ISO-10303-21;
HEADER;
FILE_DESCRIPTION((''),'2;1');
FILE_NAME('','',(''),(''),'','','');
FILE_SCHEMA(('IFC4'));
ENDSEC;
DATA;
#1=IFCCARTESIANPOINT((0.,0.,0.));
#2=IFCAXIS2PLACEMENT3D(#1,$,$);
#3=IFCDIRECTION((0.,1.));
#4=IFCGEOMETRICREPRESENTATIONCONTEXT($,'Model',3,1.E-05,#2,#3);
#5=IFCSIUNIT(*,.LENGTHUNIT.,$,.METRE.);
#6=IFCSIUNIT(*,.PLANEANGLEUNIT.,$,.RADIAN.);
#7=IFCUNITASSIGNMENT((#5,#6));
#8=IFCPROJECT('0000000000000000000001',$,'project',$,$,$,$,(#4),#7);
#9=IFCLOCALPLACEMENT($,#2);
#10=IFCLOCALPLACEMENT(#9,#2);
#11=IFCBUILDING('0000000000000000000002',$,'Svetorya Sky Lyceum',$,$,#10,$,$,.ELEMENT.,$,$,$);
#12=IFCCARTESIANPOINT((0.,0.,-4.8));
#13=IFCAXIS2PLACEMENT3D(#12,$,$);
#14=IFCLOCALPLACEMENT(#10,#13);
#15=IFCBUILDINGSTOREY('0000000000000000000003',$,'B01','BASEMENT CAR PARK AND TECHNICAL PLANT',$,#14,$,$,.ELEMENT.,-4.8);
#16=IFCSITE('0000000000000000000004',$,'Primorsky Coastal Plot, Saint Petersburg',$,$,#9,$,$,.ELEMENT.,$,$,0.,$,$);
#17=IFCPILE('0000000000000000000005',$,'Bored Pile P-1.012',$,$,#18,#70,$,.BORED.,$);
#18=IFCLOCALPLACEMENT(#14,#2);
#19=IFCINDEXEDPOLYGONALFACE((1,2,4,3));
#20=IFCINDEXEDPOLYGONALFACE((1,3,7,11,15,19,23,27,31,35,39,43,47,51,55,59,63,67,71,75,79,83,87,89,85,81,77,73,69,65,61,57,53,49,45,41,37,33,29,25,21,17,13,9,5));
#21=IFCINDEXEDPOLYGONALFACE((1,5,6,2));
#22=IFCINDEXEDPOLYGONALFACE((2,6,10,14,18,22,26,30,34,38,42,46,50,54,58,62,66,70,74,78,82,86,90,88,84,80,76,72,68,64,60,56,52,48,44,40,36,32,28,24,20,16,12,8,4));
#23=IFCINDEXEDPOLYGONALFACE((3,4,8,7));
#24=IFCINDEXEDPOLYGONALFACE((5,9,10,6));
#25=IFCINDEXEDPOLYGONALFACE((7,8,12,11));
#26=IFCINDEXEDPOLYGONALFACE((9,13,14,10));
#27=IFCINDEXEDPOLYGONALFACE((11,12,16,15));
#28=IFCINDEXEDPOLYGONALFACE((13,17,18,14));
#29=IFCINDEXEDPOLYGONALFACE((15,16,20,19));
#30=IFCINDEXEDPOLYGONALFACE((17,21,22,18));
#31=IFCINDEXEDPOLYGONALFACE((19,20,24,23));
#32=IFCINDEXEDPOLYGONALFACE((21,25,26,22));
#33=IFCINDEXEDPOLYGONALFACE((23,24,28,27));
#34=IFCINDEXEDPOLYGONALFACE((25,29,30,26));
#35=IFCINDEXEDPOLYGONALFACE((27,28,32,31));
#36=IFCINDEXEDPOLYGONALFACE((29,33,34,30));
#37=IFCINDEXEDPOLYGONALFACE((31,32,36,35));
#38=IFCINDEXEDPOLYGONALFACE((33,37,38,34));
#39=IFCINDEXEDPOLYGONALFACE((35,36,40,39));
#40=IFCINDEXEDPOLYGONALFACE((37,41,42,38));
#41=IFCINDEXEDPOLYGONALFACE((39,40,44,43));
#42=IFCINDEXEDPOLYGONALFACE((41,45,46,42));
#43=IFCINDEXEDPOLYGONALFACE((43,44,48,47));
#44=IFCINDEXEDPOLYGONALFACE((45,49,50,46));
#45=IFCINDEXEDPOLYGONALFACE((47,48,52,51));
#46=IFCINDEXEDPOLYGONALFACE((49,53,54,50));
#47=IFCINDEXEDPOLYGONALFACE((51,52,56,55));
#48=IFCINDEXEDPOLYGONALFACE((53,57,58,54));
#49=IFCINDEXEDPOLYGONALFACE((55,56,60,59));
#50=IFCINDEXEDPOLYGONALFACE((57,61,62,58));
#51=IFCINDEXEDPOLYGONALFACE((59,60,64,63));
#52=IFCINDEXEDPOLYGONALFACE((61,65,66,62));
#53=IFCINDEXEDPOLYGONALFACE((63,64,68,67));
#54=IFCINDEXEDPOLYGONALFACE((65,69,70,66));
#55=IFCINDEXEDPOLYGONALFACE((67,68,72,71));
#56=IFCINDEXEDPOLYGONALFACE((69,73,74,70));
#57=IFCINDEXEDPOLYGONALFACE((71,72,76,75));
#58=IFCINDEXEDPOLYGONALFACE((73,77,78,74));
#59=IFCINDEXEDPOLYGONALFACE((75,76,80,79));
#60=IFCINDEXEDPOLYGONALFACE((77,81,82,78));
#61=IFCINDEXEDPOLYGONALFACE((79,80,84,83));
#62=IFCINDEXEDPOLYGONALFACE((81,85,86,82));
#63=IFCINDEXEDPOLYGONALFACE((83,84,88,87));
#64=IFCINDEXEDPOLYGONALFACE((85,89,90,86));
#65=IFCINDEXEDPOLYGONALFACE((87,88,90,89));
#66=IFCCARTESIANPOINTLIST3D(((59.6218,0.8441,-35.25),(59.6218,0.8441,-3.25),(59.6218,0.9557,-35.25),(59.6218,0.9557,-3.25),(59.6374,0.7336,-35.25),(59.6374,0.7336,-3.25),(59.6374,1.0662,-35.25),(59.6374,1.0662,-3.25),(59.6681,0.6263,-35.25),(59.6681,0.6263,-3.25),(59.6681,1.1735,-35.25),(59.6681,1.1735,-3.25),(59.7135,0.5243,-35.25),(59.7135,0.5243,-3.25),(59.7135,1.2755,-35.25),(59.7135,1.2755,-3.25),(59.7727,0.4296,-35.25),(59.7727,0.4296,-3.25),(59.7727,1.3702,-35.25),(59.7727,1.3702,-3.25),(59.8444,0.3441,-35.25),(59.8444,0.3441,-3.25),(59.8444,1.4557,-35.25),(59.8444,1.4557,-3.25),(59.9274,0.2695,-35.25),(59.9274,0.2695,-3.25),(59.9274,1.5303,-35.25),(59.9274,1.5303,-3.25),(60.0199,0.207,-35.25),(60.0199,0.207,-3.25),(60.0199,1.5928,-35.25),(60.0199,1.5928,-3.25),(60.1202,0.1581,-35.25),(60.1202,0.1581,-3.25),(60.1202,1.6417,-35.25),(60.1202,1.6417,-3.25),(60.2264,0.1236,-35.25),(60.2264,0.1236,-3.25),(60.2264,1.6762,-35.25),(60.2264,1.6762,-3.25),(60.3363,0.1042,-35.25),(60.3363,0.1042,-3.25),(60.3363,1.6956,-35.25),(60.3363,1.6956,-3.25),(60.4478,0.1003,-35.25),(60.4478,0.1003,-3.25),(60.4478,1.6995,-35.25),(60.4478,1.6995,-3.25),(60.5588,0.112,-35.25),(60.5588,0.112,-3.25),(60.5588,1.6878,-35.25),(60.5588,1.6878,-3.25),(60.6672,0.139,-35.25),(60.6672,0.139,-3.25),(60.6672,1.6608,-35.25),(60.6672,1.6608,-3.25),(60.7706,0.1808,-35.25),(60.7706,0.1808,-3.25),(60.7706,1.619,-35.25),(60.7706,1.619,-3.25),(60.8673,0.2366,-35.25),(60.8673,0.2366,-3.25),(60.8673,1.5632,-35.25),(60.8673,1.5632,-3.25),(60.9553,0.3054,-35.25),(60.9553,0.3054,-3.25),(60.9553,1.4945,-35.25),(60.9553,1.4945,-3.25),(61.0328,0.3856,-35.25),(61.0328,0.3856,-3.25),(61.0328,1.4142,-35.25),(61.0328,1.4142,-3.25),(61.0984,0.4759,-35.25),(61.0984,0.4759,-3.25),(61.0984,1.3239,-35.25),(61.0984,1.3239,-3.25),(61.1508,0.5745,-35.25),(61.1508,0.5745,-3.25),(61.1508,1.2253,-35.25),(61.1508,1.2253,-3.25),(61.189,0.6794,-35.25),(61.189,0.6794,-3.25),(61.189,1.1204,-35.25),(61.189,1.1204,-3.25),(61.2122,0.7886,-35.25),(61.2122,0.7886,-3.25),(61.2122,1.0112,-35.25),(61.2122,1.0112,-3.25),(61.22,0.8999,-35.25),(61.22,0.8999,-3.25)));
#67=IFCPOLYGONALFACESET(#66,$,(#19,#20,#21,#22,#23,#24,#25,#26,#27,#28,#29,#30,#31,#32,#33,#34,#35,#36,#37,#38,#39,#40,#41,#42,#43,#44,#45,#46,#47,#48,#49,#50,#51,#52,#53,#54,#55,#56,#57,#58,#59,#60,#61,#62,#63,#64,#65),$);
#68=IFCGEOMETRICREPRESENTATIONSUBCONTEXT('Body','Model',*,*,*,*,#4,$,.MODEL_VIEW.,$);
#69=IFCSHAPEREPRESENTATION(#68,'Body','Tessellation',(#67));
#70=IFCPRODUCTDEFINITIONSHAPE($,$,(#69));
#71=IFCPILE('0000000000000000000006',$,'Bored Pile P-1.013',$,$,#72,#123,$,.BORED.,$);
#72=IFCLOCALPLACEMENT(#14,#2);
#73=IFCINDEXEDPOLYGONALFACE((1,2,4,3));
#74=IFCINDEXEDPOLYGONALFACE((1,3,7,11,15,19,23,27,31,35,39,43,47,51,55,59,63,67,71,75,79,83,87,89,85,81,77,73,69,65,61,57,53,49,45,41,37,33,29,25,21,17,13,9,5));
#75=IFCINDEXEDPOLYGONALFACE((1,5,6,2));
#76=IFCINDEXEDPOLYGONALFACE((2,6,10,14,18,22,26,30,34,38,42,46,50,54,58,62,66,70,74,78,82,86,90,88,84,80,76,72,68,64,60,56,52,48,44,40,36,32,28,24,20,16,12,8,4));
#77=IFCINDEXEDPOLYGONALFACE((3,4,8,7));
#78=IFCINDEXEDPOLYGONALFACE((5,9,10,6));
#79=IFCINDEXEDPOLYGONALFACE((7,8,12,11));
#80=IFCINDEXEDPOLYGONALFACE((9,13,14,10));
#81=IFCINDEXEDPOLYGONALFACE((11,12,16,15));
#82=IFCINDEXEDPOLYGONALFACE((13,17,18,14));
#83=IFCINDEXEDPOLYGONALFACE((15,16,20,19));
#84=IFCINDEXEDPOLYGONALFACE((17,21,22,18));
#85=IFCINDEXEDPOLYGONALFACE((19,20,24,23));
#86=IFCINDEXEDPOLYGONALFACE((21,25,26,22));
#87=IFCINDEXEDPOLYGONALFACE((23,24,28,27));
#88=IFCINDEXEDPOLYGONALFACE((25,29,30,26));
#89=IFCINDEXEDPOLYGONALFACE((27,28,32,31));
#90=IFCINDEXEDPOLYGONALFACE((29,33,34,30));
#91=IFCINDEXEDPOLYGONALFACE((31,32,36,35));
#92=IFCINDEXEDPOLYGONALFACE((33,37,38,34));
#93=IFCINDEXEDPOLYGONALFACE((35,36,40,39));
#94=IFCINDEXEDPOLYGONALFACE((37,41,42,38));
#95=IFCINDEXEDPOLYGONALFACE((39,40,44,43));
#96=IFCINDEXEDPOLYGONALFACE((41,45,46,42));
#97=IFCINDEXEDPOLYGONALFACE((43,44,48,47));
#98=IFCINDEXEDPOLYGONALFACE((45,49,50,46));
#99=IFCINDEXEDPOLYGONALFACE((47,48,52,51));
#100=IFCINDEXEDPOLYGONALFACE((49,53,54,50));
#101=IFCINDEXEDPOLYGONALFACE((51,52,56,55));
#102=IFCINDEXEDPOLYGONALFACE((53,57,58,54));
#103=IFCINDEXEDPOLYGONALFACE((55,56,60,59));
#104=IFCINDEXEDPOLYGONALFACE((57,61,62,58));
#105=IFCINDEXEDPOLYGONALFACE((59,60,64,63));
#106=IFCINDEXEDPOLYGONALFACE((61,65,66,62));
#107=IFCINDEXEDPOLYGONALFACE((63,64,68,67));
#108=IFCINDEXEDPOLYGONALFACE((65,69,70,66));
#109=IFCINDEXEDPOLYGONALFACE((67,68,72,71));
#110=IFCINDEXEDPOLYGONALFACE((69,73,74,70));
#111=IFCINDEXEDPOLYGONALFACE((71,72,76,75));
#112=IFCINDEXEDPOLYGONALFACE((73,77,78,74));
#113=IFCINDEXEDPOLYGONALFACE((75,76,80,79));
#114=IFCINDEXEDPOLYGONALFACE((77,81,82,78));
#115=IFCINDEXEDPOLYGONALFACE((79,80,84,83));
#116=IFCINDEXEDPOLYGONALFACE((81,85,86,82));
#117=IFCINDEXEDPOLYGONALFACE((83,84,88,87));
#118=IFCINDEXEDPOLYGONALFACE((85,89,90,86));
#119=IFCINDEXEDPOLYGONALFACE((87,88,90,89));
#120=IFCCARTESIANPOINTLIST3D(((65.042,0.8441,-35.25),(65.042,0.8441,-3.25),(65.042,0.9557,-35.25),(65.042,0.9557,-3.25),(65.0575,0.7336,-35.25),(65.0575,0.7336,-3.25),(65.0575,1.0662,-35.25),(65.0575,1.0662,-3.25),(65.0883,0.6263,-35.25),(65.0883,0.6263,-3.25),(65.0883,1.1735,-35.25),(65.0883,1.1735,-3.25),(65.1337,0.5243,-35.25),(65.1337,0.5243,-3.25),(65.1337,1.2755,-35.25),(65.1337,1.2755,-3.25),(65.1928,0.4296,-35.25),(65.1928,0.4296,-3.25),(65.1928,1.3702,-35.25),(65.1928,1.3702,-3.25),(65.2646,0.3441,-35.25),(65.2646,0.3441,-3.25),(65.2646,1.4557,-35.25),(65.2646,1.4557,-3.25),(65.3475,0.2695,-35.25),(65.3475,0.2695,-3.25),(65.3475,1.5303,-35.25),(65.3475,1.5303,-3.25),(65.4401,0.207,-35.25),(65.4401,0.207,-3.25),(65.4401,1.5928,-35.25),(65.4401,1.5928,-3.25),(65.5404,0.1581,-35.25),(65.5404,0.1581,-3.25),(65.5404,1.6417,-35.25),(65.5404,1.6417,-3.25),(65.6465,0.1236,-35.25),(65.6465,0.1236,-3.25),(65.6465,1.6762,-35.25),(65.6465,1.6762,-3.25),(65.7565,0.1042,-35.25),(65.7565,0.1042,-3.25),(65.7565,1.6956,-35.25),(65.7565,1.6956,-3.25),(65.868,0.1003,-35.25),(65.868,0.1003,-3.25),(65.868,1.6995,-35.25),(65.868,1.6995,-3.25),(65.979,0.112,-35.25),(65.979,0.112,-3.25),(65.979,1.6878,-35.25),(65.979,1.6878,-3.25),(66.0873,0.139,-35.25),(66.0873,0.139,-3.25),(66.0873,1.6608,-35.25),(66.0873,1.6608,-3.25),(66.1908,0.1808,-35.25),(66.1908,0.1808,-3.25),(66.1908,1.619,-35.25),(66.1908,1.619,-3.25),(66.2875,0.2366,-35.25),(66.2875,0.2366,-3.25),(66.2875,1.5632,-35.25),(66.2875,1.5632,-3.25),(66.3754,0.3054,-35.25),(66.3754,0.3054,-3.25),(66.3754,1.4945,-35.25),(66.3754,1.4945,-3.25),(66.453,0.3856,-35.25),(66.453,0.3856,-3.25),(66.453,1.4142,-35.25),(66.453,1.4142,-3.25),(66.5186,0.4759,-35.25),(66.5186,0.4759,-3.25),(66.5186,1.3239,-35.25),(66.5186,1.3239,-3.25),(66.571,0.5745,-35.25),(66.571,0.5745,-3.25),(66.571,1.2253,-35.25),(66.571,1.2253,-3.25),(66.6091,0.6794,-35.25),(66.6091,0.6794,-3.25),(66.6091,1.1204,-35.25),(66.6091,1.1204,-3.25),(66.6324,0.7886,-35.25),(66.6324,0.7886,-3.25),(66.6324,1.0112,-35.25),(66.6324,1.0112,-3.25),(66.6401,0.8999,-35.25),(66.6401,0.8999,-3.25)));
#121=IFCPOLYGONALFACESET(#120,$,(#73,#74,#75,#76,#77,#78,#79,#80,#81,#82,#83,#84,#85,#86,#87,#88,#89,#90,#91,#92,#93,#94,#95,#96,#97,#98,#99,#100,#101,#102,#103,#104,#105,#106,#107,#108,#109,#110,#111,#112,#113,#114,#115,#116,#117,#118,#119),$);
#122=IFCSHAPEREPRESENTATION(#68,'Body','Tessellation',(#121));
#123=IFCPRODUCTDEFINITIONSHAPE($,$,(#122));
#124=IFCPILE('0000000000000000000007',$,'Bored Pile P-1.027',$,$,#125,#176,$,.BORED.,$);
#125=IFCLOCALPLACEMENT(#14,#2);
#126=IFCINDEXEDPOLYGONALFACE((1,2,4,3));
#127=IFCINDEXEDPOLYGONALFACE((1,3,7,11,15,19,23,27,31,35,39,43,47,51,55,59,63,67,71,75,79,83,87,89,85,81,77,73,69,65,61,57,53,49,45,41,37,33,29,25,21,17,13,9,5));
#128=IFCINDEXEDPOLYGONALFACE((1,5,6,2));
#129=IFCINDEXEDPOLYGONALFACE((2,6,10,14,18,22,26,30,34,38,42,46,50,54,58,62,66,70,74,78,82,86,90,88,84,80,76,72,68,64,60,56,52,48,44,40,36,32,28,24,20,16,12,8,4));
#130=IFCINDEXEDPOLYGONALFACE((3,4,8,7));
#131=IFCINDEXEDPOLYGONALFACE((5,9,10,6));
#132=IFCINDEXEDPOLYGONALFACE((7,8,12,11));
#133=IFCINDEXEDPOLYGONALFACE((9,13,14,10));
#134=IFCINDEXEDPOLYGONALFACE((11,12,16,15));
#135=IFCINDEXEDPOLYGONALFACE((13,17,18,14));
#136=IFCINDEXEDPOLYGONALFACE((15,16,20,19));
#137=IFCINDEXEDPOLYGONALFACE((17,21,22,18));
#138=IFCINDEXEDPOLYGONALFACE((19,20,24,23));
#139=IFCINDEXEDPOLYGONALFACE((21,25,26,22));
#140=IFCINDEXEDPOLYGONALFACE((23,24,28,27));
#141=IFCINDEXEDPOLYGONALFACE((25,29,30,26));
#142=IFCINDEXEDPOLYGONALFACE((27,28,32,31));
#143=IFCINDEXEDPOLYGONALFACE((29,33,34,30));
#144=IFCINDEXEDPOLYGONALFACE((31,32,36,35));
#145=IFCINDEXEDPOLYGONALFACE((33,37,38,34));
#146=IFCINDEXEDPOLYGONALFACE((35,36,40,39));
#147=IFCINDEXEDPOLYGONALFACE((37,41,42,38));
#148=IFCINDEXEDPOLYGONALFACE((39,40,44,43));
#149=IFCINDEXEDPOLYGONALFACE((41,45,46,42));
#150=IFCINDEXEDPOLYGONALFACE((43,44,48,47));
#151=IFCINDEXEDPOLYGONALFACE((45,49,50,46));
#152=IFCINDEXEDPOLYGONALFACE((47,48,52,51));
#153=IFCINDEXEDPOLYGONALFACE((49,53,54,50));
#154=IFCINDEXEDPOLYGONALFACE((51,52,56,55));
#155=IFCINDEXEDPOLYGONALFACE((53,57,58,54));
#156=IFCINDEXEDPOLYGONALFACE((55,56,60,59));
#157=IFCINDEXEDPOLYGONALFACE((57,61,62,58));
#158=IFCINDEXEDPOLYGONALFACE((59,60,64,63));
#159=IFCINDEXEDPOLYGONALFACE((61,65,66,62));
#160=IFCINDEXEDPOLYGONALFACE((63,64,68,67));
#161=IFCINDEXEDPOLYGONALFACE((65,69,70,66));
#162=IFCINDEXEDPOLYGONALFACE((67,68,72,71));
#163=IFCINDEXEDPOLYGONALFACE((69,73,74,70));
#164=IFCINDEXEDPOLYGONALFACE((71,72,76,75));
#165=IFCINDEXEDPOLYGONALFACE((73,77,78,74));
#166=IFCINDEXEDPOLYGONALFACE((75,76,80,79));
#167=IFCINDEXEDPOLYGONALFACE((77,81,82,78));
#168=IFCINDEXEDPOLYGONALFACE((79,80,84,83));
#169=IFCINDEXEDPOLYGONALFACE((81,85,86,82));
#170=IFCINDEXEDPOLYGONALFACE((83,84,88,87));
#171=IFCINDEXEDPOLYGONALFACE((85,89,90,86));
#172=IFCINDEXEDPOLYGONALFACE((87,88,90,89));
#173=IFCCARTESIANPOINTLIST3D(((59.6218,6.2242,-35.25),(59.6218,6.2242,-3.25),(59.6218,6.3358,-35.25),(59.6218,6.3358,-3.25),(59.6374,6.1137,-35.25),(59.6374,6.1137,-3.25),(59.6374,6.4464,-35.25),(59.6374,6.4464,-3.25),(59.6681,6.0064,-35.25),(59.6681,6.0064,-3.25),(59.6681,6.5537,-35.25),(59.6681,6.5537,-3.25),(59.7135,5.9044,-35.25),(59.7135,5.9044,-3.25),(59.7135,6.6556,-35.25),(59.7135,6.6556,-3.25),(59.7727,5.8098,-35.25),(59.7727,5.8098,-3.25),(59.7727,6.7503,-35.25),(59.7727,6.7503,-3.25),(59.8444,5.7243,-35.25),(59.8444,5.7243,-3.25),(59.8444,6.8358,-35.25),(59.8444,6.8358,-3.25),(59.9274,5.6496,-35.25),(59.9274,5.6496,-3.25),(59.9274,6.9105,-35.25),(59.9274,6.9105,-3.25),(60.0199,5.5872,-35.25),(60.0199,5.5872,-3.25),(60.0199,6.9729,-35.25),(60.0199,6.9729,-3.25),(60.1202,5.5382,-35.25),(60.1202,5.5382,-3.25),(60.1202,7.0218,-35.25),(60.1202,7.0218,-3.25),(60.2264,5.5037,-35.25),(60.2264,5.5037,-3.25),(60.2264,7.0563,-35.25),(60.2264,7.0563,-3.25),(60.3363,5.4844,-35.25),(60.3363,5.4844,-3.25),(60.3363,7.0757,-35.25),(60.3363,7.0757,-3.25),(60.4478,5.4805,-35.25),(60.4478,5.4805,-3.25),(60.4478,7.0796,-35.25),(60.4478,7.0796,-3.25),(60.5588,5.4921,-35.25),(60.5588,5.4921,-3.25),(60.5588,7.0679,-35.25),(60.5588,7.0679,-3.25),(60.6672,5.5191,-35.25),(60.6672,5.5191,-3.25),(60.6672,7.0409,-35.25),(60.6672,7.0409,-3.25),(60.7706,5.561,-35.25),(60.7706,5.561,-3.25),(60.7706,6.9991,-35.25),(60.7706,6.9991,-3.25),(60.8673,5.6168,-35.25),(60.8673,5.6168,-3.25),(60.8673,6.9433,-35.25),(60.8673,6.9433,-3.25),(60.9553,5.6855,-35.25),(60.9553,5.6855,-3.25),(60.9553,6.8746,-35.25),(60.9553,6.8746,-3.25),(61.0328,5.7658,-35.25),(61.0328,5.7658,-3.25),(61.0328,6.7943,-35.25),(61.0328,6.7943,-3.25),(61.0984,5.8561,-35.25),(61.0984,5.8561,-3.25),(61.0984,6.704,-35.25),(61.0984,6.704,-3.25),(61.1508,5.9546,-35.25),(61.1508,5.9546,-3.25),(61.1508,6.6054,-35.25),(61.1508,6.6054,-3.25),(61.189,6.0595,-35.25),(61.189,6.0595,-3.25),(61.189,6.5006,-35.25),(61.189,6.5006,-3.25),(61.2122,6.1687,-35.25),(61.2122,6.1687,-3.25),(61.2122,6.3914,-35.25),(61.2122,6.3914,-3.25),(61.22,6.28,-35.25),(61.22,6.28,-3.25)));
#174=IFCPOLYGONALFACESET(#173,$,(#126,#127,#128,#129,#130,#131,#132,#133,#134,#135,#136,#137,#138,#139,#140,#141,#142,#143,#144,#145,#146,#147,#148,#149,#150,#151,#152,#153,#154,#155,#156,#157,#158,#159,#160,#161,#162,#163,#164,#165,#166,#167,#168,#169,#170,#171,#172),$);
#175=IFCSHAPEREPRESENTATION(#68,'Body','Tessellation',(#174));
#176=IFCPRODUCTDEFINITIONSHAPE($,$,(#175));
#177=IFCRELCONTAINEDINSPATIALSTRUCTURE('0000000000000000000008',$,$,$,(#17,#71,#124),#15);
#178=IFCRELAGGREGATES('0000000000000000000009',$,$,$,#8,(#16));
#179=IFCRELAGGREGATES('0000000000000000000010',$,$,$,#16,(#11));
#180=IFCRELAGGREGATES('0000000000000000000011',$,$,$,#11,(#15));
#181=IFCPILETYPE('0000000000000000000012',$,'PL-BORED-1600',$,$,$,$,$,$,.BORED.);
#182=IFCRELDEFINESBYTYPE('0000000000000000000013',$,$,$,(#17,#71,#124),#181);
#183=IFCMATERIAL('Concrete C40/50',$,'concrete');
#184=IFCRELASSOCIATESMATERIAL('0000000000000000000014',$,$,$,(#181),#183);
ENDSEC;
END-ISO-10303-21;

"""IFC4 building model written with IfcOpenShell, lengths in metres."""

from ifc_helpers import new_model, si_unit, direction, frame, origin, origin_2d, place, context, subcontext, project, spatial, circle, extrude, material, material_profile, profile_set, type_object, element, save


model = new_model("IFC4")

# Units and contexts
model_context = context("Model", 3, precision=1e-05, world=origin(), true_north=direction((0.0, 1.0)))
body_context = subcontext(model_context, "Body", "Model", "MODEL_VIEW")
ifc_project = project(units=[si_unit("LENGTHUNIT", "METRE"), si_unit("PLANEANGLEUNIT", "RADIAN")], contexts=[model_context])

# Site, building, storey
site_placement = place(None, origin())
site = spatial("IfcSite", under=ifc_project, at=site_placement, Name="Primorsky Coastal Plot, Saint Petersburg", CompositionType="ELEMENT", RefElevation=0.0)
building_placement = place(site_placement, origin())
building = spatial("IfcBuilding", under=site, at=building_placement, Name="Svetorya Sky Lyceum", CompositionType="ELEMENT")
storey_placement = place(building_placement, frame((0.0, 0.0, -4.8)))
storey = spatial("IfcBuildingStorey", under=building, at=storey_placement, Name="B01", Description="BASEMENT CAR PARK AND TECHNICAL PLANT", CompositionType="ELEMENT", Elevation=-4.8)

# Piles
ifc_material_1 = material(Name="Concrete C40/50", Category="concrete")
ifc_material_profile_1 = material_profile(ifc_material_1, circle(Radius=0.8, at=origin_2d()), Name="RC PILE D1600")
ifc_profile_set_1 = profile_set([ifc_material_profile_1], Name="Concrete C40/50")
pile_type = type_object("IfcPileType", Name="PL-BORED-1600", PredefinedType="BORED", material=ifc_profile_set_1)
for number, where, z_axis, x_axis, name in (
    (1, (60.4199, 0.8999, -3.25), (0.0, 0.0, -1.0), (1.0, 0.0, 0.0), "Bored Pile P-1.012"),
    (2, (65.8401, 0.8999, -3.25), (0.0, 0.0, -1.0), (1.0, 0.0, 0.0), "Bored Pile P-1.013"),
    (3, (60.4199, 6.28, -3.25), (0.0, 0.0, -1.0), (1.0, 0.0, 0.0), "Bored Pile P-1.027"),
):
    element("IfcPile", number, at=place(storey_placement, frame(where, z_axis=z_axis, x_axis=x_axis)), inside=storey, type_object=pile_type, Name=name, PredefinedType="BORED", context=body_context, shape_type="SweptSolid", body=[
        extrude(circle(Radius=0.8, at=origin_2d()), origin(), (0.0, 0.0, 1.0), 32.0),
    ])

save(model, "model.ifc")
